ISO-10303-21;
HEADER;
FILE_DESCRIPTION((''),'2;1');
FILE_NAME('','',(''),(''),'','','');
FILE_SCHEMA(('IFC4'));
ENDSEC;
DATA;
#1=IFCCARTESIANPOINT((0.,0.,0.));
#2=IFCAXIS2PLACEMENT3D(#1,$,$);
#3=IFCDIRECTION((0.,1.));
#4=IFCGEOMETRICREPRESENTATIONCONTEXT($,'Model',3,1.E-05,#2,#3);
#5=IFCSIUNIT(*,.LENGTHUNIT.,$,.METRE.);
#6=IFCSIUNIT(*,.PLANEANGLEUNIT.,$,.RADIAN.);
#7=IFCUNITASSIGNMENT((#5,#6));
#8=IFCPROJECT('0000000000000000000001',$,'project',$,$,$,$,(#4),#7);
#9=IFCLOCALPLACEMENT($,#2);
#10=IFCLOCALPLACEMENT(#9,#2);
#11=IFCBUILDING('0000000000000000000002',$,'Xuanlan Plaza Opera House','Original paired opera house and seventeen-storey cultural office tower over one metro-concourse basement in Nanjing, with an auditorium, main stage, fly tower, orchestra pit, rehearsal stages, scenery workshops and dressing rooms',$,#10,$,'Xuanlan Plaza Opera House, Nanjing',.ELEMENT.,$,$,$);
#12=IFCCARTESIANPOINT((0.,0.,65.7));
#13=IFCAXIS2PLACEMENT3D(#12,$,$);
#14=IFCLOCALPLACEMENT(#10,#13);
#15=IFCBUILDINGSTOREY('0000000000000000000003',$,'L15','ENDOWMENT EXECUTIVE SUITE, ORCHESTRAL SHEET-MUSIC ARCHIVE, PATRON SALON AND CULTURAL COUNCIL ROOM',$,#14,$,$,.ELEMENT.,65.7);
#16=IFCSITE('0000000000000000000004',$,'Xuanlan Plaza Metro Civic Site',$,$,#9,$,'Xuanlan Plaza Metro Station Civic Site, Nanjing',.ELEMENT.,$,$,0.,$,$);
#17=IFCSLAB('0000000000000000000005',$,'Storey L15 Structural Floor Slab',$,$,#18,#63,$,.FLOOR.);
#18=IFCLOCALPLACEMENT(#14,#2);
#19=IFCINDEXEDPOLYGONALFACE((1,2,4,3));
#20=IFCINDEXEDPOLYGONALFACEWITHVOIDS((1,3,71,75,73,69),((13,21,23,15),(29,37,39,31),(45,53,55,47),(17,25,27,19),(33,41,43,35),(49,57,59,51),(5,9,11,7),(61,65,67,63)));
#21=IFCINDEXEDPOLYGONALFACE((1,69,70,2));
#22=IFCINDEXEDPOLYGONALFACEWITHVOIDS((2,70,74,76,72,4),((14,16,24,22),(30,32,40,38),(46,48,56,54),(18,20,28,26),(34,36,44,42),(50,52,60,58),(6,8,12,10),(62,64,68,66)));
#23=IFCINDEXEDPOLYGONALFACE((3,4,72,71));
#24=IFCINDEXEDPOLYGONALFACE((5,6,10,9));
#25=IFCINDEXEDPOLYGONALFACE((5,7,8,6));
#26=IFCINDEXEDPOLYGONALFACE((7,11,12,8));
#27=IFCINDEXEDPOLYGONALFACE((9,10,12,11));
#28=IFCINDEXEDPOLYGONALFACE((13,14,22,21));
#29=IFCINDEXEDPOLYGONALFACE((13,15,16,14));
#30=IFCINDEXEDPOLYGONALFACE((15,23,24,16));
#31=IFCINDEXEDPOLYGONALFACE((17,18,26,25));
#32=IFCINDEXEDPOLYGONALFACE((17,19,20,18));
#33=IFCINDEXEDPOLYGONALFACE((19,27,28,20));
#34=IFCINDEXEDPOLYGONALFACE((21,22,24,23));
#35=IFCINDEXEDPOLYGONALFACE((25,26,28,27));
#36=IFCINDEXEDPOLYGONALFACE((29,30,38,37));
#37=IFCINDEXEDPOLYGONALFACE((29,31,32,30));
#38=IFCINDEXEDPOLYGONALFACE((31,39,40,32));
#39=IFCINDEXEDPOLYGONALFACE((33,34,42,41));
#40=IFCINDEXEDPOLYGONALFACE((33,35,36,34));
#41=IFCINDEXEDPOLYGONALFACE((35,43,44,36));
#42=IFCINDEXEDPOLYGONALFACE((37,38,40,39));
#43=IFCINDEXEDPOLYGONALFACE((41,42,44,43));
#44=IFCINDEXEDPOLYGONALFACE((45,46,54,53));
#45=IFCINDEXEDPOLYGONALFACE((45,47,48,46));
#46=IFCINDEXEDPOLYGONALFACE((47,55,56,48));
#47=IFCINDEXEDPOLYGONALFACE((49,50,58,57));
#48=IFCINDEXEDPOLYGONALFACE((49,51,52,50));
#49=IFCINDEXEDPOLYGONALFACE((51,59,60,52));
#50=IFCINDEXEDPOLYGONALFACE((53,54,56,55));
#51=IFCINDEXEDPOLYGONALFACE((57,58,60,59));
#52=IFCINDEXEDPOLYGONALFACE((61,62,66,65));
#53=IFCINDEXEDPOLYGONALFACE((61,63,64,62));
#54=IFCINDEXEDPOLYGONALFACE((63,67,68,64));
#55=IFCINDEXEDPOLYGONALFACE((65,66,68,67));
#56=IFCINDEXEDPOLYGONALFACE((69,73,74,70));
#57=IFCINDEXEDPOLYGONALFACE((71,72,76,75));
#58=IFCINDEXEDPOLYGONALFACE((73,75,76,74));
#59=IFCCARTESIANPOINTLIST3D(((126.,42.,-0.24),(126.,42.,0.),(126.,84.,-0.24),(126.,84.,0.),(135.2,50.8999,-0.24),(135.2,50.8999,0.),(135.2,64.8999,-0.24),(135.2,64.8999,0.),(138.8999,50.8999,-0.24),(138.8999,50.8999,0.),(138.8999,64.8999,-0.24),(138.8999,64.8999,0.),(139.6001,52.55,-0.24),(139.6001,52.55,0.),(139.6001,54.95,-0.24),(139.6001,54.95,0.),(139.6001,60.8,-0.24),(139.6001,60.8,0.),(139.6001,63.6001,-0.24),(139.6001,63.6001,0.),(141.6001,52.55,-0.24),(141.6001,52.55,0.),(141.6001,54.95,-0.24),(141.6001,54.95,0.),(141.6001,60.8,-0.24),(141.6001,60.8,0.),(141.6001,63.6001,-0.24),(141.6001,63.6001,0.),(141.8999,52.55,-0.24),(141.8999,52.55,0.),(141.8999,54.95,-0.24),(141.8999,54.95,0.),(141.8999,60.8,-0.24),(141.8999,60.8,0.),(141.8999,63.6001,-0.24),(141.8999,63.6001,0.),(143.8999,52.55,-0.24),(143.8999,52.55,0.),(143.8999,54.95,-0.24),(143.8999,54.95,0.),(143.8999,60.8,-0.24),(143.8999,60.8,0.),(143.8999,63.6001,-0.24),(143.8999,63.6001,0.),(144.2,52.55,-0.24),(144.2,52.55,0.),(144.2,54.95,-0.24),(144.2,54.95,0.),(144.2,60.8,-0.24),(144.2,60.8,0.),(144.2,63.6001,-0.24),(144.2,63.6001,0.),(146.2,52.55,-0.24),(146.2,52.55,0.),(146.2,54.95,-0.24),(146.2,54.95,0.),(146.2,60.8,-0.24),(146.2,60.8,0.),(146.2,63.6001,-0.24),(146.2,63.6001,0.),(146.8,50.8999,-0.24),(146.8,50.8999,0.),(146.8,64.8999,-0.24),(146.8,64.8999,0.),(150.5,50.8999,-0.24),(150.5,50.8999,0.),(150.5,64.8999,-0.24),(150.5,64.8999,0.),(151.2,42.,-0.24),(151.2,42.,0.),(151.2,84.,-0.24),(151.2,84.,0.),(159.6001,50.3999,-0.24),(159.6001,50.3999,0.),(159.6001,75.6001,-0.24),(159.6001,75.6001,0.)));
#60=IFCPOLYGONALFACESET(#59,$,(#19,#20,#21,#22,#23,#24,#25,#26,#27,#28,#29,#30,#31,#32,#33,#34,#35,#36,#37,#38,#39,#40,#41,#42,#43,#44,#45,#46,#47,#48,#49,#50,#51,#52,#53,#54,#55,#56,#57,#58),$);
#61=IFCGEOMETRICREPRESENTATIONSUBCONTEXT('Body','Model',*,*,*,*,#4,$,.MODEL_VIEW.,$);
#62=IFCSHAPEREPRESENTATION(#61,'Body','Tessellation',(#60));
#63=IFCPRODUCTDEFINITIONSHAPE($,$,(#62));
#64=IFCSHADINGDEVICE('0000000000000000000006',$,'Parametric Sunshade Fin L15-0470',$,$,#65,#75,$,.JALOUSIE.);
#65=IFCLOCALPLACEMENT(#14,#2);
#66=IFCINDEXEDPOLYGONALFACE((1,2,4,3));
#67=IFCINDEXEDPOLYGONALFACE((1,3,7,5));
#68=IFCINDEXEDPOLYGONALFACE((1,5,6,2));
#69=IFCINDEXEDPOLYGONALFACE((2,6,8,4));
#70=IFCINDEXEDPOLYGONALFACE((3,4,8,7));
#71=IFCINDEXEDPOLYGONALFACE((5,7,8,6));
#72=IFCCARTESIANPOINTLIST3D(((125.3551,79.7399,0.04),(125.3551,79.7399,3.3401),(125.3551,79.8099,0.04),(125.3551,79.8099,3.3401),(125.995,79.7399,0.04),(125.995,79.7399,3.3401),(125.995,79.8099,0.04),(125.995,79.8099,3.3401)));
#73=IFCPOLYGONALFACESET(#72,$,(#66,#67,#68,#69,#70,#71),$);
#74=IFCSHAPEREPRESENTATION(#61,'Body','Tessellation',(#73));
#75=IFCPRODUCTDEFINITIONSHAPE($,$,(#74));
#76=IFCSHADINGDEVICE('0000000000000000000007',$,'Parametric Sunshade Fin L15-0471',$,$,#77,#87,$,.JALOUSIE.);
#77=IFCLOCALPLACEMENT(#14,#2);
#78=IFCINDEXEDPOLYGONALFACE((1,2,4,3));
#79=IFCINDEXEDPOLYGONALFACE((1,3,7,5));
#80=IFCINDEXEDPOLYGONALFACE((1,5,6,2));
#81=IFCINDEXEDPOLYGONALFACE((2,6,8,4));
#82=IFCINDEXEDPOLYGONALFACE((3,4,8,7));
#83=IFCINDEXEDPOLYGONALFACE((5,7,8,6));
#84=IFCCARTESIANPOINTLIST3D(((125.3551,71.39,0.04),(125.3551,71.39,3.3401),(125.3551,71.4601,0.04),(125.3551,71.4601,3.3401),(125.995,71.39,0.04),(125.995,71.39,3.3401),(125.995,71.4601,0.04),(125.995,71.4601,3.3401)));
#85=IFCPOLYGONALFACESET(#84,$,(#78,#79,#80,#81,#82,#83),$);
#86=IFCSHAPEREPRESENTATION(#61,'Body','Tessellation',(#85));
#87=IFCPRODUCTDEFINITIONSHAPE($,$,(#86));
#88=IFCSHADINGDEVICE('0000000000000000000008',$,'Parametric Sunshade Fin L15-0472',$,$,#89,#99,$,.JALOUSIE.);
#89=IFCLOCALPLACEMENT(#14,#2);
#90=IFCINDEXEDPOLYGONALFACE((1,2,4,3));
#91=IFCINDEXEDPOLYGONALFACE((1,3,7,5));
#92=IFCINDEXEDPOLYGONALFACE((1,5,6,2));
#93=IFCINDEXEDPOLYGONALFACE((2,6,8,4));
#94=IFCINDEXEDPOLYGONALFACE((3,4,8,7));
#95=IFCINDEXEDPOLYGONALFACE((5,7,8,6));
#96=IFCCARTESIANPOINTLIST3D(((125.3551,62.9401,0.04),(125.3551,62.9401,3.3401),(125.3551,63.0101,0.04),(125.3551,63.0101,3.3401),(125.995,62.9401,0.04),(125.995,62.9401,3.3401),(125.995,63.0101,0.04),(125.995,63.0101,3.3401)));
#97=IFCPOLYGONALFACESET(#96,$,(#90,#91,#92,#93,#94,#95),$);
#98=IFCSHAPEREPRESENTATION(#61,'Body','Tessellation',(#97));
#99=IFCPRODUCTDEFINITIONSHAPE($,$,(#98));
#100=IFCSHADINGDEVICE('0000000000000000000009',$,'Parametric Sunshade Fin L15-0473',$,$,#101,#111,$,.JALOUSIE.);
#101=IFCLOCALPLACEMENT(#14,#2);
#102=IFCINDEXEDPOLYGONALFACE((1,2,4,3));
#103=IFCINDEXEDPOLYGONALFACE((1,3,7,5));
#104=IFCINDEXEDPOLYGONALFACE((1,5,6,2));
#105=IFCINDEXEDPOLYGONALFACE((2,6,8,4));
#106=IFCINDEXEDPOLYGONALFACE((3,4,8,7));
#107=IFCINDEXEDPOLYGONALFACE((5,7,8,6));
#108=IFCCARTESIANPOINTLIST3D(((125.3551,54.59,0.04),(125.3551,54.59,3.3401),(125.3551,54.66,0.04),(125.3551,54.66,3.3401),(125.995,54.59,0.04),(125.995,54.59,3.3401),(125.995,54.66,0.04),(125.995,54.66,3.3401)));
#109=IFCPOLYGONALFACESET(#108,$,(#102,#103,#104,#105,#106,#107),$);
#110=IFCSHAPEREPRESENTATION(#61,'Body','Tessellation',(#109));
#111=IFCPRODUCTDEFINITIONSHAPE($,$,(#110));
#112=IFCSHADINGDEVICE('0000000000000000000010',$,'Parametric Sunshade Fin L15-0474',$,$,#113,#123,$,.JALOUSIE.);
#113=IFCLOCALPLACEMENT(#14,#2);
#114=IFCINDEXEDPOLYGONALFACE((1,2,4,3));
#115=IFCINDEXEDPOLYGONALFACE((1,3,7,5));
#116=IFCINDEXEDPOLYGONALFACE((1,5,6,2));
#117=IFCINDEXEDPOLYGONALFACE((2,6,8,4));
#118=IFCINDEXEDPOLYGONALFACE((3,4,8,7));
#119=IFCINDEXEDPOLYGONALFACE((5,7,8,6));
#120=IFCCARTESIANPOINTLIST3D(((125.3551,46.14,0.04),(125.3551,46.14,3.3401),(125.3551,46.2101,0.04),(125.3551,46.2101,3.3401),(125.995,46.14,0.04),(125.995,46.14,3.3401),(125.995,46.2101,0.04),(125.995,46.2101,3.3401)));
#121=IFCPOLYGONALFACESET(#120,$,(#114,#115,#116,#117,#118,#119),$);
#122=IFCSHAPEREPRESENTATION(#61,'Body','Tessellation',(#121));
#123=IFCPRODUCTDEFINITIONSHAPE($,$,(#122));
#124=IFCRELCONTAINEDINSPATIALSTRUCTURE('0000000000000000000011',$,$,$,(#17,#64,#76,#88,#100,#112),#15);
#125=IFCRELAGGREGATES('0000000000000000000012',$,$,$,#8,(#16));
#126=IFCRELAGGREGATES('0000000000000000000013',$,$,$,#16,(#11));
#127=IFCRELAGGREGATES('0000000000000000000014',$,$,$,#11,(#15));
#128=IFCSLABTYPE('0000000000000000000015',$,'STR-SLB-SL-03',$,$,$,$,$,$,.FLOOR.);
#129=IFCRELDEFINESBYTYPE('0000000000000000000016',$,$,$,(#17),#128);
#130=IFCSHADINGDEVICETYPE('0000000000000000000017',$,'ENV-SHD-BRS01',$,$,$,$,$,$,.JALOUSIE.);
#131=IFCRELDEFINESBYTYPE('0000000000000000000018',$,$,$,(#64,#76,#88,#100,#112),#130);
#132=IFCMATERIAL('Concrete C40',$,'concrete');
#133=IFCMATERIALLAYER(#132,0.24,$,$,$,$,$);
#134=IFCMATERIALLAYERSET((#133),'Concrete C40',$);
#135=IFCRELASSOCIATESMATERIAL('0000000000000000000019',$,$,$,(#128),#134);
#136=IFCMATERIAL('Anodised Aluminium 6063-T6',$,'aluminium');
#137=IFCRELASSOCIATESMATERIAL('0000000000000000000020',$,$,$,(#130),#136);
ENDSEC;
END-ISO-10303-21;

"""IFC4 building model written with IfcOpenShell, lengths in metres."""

from ifc_helpers import new_model, si_unit, direction, frame, origin, origin_2d, place, context, subcontext, project, spatial, polyline, rectangle, outline, extrude, material, layer, layer_set, type_object, element, save


model = new_model("IFC4")

# Units and contexts
model_context = context("Model", 3, precision=1e-05, world=origin(), true_north=direction((0.0, 1.0)))
body_context = subcontext(model_context, "Body", "Model", "MODEL_VIEW")
ifc_project = project(units=[si_unit("LENGTHUNIT", "METRE"), si_unit("PLANEANGLEUNIT", "RADIAN")], contexts=[model_context])

# Site, building, storey
site_placement = place(None, origin())
site = spatial("IfcSite", under=ifc_project, at=site_placement, Name="Xuanlan Plaza Metro Civic Site", LongName="Xuanlan Plaza Metro Station Civic Site, Nanjing", CompositionType="ELEMENT", RefElevation=0.0)
building_placement = place(site_placement, origin())
building = spatial("IfcBuilding", under=site, at=building_placement, Name="Xuanlan Plaza Opera House", Description="Original paired opera house and seventeen-storey cultural office tower over one metro-concourse basement in Nanjing, with an auditorium, main stage, fly tower, orchestra pit, rehearsal stages, scenery workshops and dressing rooms", LongName="Xuanlan Plaza Opera House, Nanjing", CompositionType="ELEMENT")
storey_placement = place(building_placement, frame((0.0, 0.0, 65.7)))
storey = spatial("IfcBuildingStorey", under=building, at=storey_placement, Name="L15", Description="ENDOWMENT EXECUTIVE SUITE, ORCHESTRAL SHEET-MUSIC ARCHIVE, PATRON SALON AND CULTURAL COUNCIL ROOM", CompositionType="ELEMENT", Elevation=65.7)

# Shared definitions
ifc_material_1 = material(Name="Anodised Aluminium 6063-T6", Category="aluminium")

# Shared definitions
ifc_material_2 = material(Name="Concrete C40", Category="concrete")

# Slab
ifc_layer_1 = layer(ifc_material_2, 0.24)
ifc_layer_set_1 = layer_set([ifc_layer_1], Name="Concrete C40")
slab_type_1 = type_object("IfcSlabType", Name="STR-SLB-SL-03", PredefinedType="FLOOR", material=ifc_layer_set_1)
slab_1_placement = place(storey_placement, frame((0.0, 0.0, -0.24)))
element("IfcSlab", 1, at=slab_1_placement, inside=storey, type_object=slab_type_1, Name="Storey L15 Structural Floor Slab", PredefinedType="FLOOR", context=body_context, shape_type="SweptSolid", body=[
    extrude(outline(polyline([(126.0, 42.0), (151.2, 42.0), (159.6001, 50.3999), (159.6001, 75.6001), (151.2, 84.0), (126.0, 84.0), (126.0, 42.0)]), holes=[polyline([(135.2, 50.8999), (138.8999, 50.8999), (138.8999, 64.8999), (135.2, 64.8999), (135.2, 50.8999)]), polyline([(146.8, 50.8999), (150.5, 50.8999), (150.5, 64.8999), (146.8, 64.8999), (146.8, 50.8999)]), polyline([(139.6001, 60.8), (141.6001, 60.8), (141.6001, 63.6001), (139.6001, 63.6001), (139.6001, 60.8)]), polyline([(141.8999, 60.8), (143.8999, 60.8), (143.8999, 63.6001), (141.8999, 63.6001), (141.8999, 60.8)]), polyline([(144.2, 60.8), (146.2, 60.8), (146.2, 63.6001), (144.2, 63.6001), (144.2, 60.8)]), polyline([(139.6001, 52.55), (141.6001, 52.55), (141.6001, 54.95), (139.6001, 54.95), (139.6001, 52.55)]), polyline([(141.8999, 52.55), (143.8999, 52.55), (143.8999, 54.95), (141.8999, 54.95), (141.8999, 52.55)]), polyline([(144.2, 52.55), (146.2, 52.55), (146.2, 54.95), (144.2, 54.95), (144.2, 52.55)])]), origin(), (0.0, 0.0, 1.0), 0.24),
])

# Shading devices
shading_device_type = type_object("IfcShadingDeviceType", Name="ENV-SHD-BRS01", PredefinedType="JALOUSIE", material=ifc_material_1)
for number, where, z_axis, x_axis, name in (
    (2, (125.675, 79.7749, 0.04), (0.0, 0.0, 1.0), (-1.0, 0.0, 0.0), "Parametric Sunshade Fin L15-0470"),
    (3, (125.675, 71.425, 0.04), (0.0, 0.0, 1.0), (-1.0, 0.0, 0.0), "Parametric Sunshade Fin L15-0471"),
    (4, (125.675, 62.9751, 0.04), (0.0, 0.0, 1.0), (-1.0, 0.0, 0.0), "Parametric Sunshade Fin L15-0472"),
    (5, (125.675, 54.625, 0.04), (0.0, 0.0, 1.0), (-1.0, 0.0, 0.0), "Parametric Sunshade Fin L15-0473"),
    (6, (125.675, 46.175, 0.04), (0.0, 0.0, 1.0), (-1.0, 0.0, 0.0), "Parametric Sunshade Fin L15-0474"),
):
    element("IfcShadingDevice", number, at=place(storey_placement, frame(where, z_axis=z_axis, x_axis=x_axis)), inside=storey, type_object=shading_device_type, Name=name, PredefinedType="JALOUSIE", context=body_context, shape_type="SweptSolid", body=[
        extrude(rectangle(XDim=0.6399, YDim=0.0701, at=origin_2d()), origin(), (0.0, 0.0, 1.0), 3.3),
    ])

save(model, "model.ifc")
